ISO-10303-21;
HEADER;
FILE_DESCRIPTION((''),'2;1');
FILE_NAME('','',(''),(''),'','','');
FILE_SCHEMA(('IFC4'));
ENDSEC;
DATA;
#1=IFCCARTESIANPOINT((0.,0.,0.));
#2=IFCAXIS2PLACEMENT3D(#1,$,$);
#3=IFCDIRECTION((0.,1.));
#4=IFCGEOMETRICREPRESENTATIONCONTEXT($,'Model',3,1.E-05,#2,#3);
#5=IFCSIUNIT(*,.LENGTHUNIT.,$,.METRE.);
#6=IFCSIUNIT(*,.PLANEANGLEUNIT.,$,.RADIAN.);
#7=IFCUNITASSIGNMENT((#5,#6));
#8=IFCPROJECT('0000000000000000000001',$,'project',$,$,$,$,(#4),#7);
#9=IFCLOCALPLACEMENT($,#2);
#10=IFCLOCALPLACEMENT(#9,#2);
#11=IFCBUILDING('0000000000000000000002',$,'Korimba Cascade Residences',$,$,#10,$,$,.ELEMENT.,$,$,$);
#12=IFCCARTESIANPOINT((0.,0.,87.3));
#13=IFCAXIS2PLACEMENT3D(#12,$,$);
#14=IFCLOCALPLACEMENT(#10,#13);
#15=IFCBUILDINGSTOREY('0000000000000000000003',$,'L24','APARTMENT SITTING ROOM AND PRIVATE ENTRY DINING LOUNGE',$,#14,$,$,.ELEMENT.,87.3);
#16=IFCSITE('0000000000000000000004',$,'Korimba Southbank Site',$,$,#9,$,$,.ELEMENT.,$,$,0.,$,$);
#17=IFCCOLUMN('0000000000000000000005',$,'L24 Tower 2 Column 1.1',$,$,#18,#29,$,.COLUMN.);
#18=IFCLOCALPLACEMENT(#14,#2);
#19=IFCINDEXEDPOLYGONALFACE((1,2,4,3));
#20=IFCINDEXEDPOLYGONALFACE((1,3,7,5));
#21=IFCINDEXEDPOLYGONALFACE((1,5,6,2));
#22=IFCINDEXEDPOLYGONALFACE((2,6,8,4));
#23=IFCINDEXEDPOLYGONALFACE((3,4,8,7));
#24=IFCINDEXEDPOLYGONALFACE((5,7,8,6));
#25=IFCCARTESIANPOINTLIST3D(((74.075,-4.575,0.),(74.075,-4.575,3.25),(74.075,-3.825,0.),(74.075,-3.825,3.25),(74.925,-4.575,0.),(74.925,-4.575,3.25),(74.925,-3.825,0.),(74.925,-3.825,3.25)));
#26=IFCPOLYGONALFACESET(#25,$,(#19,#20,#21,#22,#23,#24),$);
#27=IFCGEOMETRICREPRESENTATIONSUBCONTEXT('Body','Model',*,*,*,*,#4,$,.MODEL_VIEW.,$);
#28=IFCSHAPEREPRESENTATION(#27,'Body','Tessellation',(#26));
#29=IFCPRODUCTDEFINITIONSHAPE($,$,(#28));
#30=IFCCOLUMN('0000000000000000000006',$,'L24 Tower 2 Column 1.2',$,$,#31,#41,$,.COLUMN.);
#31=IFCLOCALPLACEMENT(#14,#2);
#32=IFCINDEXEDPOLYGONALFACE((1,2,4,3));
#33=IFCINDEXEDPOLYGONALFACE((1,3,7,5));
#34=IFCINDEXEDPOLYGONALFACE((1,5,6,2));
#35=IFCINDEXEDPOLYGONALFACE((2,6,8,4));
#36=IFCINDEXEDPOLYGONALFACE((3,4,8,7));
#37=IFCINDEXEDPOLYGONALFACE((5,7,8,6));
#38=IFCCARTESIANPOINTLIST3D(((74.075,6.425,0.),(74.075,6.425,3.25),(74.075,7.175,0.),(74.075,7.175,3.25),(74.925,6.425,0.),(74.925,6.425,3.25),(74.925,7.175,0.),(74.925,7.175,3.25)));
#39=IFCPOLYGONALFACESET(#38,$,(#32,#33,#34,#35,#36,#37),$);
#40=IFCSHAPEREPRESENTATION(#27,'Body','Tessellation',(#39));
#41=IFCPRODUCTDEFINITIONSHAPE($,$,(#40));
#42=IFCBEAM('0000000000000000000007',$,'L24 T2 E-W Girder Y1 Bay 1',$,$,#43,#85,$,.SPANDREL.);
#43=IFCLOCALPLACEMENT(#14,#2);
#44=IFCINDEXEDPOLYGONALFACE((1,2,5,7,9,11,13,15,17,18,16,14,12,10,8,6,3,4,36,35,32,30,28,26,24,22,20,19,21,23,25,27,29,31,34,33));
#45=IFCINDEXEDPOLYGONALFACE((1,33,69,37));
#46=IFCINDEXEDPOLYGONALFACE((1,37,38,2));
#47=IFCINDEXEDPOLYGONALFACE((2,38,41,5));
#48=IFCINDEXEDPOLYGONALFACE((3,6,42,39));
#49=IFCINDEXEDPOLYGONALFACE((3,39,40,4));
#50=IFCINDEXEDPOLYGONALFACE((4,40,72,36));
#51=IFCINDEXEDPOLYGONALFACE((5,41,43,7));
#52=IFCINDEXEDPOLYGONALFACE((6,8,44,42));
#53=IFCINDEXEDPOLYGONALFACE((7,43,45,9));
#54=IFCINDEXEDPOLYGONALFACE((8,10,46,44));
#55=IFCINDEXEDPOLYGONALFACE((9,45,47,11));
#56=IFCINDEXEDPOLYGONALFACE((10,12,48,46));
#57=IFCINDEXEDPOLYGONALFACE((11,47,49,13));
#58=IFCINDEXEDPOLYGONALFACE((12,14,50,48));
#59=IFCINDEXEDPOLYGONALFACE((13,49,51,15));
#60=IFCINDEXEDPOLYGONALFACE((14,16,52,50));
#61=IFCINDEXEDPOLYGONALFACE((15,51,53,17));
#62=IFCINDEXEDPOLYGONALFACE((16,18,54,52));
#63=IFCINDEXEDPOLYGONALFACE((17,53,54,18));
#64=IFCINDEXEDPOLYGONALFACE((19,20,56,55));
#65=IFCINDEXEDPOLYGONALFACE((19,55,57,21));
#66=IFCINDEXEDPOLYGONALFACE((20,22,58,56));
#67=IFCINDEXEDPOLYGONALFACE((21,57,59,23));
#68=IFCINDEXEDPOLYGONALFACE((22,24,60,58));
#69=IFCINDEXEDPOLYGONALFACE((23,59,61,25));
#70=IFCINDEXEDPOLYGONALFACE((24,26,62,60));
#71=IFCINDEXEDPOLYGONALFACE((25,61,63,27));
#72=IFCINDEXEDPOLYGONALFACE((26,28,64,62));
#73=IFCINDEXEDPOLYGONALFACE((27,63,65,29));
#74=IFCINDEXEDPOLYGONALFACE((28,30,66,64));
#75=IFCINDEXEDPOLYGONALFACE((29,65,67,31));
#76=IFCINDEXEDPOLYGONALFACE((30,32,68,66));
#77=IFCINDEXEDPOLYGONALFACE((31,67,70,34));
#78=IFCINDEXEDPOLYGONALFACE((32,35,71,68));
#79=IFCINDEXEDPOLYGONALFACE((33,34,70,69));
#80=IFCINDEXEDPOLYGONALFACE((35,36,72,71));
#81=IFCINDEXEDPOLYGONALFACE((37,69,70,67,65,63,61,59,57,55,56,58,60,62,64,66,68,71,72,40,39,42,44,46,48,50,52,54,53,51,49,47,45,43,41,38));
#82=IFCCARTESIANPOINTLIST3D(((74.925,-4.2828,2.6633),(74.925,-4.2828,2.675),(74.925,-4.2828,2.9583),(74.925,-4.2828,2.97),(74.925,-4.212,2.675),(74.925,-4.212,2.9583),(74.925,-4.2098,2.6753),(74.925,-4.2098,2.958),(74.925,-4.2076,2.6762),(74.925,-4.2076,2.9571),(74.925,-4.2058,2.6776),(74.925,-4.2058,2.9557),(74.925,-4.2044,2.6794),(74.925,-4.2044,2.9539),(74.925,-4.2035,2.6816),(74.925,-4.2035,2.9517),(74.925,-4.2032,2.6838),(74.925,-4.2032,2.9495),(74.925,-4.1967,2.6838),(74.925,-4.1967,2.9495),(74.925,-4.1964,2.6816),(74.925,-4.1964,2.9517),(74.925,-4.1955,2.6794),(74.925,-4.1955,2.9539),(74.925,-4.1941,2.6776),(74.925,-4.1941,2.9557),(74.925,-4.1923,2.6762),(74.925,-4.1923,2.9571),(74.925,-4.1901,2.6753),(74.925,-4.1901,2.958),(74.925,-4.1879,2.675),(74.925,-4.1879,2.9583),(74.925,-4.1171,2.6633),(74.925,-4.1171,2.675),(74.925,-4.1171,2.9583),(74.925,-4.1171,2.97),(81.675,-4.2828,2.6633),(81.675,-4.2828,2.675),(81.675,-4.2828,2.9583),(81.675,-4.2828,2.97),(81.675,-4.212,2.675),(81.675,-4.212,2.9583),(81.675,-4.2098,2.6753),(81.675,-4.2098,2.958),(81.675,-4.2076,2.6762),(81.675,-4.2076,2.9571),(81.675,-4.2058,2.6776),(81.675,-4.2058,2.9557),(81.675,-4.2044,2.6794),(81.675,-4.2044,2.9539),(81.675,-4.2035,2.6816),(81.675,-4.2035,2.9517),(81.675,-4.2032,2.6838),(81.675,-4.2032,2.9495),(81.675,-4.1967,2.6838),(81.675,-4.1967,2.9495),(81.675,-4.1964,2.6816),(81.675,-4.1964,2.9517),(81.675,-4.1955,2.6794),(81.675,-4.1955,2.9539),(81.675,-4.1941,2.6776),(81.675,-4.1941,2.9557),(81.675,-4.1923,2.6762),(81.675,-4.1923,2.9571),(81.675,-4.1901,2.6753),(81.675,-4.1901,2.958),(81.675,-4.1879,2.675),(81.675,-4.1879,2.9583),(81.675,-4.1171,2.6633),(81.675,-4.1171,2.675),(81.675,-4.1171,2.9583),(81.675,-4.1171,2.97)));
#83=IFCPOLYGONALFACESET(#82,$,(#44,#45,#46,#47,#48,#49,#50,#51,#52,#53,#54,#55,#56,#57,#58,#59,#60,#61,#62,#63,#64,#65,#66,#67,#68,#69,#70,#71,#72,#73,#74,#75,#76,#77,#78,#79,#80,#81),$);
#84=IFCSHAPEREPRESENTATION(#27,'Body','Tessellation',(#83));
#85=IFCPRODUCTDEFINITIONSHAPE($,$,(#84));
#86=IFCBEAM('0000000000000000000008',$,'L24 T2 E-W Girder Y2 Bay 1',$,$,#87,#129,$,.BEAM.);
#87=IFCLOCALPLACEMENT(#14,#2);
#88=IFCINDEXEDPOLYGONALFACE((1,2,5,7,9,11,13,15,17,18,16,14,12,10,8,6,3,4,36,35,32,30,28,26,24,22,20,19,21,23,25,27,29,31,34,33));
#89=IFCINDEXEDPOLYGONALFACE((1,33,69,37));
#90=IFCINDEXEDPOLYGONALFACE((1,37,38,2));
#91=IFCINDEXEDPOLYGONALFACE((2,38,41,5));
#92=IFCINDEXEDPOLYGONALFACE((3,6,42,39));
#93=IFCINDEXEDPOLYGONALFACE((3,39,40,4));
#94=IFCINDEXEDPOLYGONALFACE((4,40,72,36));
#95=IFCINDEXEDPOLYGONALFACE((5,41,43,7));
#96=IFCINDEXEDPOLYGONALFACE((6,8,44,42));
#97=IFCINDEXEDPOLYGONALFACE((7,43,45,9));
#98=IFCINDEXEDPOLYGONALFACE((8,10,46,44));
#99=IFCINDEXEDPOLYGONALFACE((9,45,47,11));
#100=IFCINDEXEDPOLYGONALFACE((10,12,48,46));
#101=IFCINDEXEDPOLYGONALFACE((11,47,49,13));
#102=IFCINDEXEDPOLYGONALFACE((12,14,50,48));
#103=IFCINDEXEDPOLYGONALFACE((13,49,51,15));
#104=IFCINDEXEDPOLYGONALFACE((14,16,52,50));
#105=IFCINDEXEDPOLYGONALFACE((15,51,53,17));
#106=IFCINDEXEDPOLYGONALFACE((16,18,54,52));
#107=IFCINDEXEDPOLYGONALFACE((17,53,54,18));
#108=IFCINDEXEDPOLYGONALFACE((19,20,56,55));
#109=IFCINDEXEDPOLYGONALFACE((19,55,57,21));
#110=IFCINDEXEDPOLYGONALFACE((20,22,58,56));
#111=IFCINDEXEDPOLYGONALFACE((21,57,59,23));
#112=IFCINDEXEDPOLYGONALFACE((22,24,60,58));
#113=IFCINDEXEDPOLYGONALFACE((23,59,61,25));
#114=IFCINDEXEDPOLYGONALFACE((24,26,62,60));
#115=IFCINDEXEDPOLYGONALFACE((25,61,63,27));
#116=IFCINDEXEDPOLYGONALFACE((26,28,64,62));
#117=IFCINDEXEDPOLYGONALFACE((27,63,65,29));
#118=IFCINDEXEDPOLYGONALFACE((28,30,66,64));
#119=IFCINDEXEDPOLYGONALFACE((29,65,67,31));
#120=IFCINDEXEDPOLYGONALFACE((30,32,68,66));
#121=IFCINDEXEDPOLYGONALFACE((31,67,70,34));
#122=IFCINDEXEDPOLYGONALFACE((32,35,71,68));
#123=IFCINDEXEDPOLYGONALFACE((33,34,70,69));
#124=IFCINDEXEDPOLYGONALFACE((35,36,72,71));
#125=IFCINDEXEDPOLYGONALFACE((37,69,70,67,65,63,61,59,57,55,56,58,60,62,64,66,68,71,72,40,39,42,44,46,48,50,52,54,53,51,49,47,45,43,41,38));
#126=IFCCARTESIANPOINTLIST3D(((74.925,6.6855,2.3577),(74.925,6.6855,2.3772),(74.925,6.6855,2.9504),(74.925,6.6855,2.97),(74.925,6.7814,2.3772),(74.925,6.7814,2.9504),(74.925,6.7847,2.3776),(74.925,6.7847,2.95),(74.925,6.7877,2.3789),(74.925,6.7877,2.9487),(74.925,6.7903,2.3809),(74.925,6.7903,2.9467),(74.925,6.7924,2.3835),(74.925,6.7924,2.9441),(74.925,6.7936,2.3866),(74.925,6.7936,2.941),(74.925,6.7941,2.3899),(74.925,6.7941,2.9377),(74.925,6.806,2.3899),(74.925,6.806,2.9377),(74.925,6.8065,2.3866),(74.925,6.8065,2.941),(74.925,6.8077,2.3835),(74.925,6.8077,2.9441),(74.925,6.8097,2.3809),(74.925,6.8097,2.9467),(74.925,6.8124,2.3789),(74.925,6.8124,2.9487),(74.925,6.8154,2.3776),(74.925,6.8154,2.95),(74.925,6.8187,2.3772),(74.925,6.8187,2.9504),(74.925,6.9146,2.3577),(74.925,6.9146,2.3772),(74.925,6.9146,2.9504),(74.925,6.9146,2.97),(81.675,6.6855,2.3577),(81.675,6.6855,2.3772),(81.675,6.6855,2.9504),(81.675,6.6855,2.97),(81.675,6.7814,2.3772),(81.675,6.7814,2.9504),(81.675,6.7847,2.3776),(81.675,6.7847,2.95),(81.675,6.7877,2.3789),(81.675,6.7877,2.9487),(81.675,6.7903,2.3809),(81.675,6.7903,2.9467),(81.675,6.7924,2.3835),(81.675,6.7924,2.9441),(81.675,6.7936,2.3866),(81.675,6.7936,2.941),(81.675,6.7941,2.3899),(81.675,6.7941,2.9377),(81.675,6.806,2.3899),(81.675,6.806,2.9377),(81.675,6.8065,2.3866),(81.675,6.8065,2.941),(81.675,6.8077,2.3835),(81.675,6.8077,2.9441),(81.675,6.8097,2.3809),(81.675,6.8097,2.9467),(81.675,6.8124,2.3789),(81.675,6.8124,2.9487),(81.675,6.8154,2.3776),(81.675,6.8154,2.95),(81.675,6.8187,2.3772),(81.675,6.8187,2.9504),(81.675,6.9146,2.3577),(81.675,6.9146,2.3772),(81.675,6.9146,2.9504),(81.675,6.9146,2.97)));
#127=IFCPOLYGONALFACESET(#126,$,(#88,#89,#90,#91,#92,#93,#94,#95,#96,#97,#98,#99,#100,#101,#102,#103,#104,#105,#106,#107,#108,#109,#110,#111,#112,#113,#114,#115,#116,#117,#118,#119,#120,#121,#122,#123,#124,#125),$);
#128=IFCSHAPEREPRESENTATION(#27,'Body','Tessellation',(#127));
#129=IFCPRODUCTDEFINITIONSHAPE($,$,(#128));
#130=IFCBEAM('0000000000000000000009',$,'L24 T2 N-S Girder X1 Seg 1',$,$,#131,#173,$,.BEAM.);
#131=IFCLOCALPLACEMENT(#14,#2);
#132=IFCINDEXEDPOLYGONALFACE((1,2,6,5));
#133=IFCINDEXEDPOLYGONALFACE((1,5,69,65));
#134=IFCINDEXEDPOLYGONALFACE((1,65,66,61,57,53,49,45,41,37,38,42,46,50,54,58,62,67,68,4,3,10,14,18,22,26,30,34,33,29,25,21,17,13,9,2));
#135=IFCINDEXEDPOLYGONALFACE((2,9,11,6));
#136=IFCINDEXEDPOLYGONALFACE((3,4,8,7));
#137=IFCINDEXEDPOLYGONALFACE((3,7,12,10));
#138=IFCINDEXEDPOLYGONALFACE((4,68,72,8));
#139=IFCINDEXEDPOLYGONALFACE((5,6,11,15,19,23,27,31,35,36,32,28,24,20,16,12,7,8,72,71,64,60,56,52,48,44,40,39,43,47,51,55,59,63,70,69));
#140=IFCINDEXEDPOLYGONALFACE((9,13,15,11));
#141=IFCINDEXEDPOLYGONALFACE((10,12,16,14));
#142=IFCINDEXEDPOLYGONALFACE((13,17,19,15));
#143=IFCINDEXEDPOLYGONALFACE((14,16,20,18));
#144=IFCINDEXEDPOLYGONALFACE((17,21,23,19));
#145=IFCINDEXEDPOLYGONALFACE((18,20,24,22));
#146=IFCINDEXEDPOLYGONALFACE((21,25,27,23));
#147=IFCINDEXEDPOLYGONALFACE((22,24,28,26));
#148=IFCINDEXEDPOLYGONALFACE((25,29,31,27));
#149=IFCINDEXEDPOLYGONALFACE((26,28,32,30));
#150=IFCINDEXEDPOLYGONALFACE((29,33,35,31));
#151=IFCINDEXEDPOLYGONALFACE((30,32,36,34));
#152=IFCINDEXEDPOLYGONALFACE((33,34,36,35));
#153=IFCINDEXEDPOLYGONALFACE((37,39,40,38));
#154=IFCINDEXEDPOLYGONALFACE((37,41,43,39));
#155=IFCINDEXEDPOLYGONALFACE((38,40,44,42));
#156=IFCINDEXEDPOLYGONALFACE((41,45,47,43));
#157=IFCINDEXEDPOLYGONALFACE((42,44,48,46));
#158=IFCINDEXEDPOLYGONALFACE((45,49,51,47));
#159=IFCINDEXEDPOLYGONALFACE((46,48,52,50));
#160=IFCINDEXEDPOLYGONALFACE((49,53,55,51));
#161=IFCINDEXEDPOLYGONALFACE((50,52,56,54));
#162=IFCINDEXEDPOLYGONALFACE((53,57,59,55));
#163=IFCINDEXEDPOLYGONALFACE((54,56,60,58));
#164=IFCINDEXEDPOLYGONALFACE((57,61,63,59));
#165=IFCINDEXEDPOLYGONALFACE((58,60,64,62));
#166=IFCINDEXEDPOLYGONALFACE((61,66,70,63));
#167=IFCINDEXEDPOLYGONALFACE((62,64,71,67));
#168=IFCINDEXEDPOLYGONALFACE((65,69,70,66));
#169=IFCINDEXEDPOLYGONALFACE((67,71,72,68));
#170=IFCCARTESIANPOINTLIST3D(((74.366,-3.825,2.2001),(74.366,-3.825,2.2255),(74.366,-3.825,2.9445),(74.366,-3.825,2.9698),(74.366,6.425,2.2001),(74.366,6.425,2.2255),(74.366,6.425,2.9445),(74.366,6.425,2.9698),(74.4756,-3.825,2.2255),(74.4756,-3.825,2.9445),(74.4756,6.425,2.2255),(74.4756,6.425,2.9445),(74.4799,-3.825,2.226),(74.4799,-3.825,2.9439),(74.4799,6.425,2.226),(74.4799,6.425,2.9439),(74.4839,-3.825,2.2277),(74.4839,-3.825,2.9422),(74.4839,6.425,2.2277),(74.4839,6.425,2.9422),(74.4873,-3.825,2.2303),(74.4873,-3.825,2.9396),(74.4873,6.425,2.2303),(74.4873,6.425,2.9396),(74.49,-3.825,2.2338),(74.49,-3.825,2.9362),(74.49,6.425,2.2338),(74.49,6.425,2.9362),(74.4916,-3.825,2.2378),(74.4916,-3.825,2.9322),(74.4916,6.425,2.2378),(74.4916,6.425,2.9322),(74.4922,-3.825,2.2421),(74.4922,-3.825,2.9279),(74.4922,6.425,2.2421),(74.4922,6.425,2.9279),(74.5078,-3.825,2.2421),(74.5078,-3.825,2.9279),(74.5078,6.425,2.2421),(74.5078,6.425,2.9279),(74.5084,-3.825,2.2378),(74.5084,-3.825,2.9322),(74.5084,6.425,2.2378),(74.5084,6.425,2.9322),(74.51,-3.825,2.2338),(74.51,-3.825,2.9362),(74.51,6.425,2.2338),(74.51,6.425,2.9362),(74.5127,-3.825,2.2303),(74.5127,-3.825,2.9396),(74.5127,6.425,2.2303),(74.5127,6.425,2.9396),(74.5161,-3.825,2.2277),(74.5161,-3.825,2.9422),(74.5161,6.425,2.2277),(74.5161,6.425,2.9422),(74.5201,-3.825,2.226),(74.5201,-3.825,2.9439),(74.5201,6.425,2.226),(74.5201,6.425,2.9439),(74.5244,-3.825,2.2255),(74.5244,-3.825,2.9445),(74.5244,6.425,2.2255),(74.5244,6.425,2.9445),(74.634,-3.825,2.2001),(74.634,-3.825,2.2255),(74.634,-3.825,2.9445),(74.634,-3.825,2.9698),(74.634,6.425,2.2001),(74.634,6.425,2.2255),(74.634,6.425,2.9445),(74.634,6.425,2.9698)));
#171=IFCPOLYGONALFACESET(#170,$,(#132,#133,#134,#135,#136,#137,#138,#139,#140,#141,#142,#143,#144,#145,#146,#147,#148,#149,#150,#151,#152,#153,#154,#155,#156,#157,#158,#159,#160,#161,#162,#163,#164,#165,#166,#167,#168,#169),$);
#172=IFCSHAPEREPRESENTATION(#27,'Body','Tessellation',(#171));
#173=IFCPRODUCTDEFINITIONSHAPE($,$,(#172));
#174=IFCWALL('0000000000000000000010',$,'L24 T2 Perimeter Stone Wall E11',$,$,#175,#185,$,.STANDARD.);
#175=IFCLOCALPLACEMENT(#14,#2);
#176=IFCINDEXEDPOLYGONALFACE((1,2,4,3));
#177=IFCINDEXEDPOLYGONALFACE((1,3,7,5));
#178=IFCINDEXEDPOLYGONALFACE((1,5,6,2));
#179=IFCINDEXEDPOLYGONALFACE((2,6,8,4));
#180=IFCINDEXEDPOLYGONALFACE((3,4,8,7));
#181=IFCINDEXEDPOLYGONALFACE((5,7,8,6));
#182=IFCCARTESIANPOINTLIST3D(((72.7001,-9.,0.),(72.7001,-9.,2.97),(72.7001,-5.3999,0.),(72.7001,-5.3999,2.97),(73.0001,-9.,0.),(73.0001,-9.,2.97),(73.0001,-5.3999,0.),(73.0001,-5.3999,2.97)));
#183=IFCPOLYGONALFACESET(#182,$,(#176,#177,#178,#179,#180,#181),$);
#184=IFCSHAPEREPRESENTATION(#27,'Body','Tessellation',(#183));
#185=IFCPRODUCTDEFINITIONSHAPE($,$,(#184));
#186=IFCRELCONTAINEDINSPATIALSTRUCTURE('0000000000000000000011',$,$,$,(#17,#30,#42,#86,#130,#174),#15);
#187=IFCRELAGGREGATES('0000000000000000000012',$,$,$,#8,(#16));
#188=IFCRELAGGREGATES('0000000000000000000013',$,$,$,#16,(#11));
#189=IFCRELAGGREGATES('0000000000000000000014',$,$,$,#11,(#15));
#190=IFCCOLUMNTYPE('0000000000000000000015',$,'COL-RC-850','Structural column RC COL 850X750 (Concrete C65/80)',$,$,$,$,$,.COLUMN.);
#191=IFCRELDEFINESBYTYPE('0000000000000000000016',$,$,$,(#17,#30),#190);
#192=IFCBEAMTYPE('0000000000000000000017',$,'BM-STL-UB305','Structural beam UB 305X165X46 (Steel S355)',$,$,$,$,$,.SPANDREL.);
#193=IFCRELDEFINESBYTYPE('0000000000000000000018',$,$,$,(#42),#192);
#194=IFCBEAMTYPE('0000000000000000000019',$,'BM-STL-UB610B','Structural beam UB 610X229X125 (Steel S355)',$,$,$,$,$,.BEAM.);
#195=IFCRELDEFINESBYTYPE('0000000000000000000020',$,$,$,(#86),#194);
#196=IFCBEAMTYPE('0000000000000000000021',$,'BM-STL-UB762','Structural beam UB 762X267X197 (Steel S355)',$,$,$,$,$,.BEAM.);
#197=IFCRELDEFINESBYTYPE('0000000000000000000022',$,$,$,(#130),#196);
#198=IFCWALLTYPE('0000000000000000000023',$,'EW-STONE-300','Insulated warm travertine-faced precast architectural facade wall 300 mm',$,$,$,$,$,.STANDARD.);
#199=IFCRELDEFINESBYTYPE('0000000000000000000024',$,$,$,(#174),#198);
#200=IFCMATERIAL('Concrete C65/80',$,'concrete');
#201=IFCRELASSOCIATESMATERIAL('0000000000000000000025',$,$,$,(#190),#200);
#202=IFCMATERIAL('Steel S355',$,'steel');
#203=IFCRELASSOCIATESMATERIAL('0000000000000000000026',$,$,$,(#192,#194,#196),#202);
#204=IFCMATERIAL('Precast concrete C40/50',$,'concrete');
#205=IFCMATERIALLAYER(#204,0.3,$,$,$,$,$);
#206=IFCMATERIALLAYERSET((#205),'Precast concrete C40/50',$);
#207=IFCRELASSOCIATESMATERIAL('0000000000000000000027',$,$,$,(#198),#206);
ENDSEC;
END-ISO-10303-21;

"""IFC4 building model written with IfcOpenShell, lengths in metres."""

from ifc_helpers import new_model, si_unit, direction, frame, frame_2d, origin, origin_2d, place, context, subcontext, project, spatial, rectangle, i_section, extrude, material, layer, layer_set, material_profile, profile_set, type_object, element, save


model = new_model("IFC4")

# Units and contexts
model_context = context("Model", 3, precision=1e-05, world=origin(), true_north=direction((0.0, 1.0)))
body_context = subcontext(model_context, "Body", "Model", "MODEL_VIEW")
ifc_project = project(units=[si_unit("LENGTHUNIT", "METRE"), si_unit("PLANEANGLEUNIT", "RADIAN")], contexts=[model_context])

# Site, building, storey
site_placement = place(None, origin())
site = spatial("IfcSite", under=ifc_project, at=site_placement, Name="Korimba Southbank Site", CompositionType="ELEMENT", RefElevation=0.0)
building_placement = place(site_placement, origin())
building = spatial("IfcBuilding", under=site, at=building_placement, Name="Korimba Cascade Residences", CompositionType="ELEMENT")
storey_placement = place(building_placement, frame((0.0, 0.0, 87.3)))
storey = spatial("IfcBuildingStorey", under=building, at=storey_placement, Name="L24", Description="APARTMENT SITTING ROOM AND PRIVATE ENTRY DINING LOUNGE", CompositionType="ELEMENT", Elevation=87.3)

# Columns
ifc_material_1 = material(Name="Concrete C65/80", Category="concrete")
ifc_material_profile_1 = material_profile(ifc_material_1, rectangle(XDim=0.8501, YDim=0.75, at=origin_2d()), Name="Concrete C65/80")
ifc_profile_set_1 = profile_set([ifc_material_profile_1], Name="Concrete C65/80")
column_type = type_object("IfcColumnType", Name="COL-RC-850", Description="Structural column RC COL 850X750 (Concrete C65/80)", PredefinedType="COLUMN", material=ifc_profile_set_1)
for number, where, z_axis, x_axis, name in (
    (1, (74.5, -4.2, 0.0), (0.0, 0.0, 1.0), (1.0, 0.0, 0.0), "L24 Tower 2 Column 1.1"),
    (2, (74.5, 6.8, 0.0), (0.0, 0.0, 1.0), (1.0, 0.0, 0.0), "L24 Tower 2 Column 1.2"),
):
    element("IfcColumn", number, at=place(storey_placement, frame(where, z_axis=z_axis, x_axis=x_axis)), inside=storey, type_object=column_type, Name=name, PredefinedType="COLUMN", context=body_context, shape_type="SweptSolid", body=[
        extrude(rectangle(XDim=0.8501, YDim=0.75, at=origin_2d()), origin(), (0.0, 0.0, 1.0), 3.25),
    ])

# Beams
ifc_material_2 = material(Name="Steel S355", Category="steel")
ifc_material_profile_2 = material_profile(ifc_material_2, i_section(OverallWidth=0.1658, OverallDepth=0.3066, WebThickness=0.0066, FlangeThickness=0.0117, FilletRadius=0.0088, at=origin_2d()), Name="Steel S355")
ifc_profile_set_2 = profile_set([ifc_material_profile_2], Name="Steel S355")
beam_type_1 = type_object("IfcBeamType", Name="BM-STL-UB305", Description="Structural beam UB 305X165X46 (Steel S355)", PredefinedType="SPANDREL", material=ifc_profile_set_2)
beam_1_placement = place(storey_placement, frame((74.925, -4.2, 2.8167), z_axis=(1.0, 0.0, 0.0), x_axis=(0.0, 1.0, 0.0)))
element("IfcBeam", 3, at=beam_1_placement, inside=storey, type_object=beam_type_1, Name="L24 T2 E-W Girder Y1 Bay 1", PredefinedType="SPANDREL", context=body_context, shape_type="SweptSolid", body=[
    extrude(i_section(OverallWidth=0.1658, OverallDepth=0.3066, WebThickness=0.0066, FlangeThickness=0.0117, FilletRadius=0.0088, at=origin_2d()), origin(), (0.0, 0.0, 1.0), 6.75),
])
ifc_material_profile_3 = material_profile(ifc_material_2, i_section(OverallWidth=0.229, OverallDepth=0.6123, WebThickness=0.012, FlangeThickness=0.0195, FilletRadius=0.0127, at=origin_2d()), Name="Steel S355")
ifc_profile_set_3 = profile_set([ifc_material_profile_3], Name="Steel S355")
beam_type_2 = type_object("IfcBeamType", Name="BM-STL-UB610B", Description="Structural beam UB 610X229X125 (Steel S355)", PredefinedType="BEAM", material=ifc_profile_set_3)
beam_2_placement = place(storey_placement, frame((74.925, 6.8, 2.6638), z_axis=(1.0, 0.0, 0.0), x_axis=(0.0, 1.0, 0.0)))
element("IfcBeam", 4, at=beam_2_placement, inside=storey, type_object=beam_type_2, Name="L24 T2 E-W Girder Y2 Bay 1", PredefinedType="BEAM", context=body_context, shape_type="SweptSolid", body=[
    extrude(i_section(OverallWidth=0.229, OverallDepth=0.6123, WebThickness=0.012, FlangeThickness=0.0195, FilletRadius=0.0127, at=origin_2d()), origin(), (0.0, 0.0, 1.0), 6.75),
])
ifc_material_profile_4 = material_profile(ifc_material_2, i_section(OverallWidth=0.2681, OverallDepth=0.7698, WebThickness=0.0156, FlangeThickness=0.0254, FilletRadius=0.0166, at=origin_2d()), Name="Steel S355")
ifc_profile_set_4 = profile_set([ifc_material_profile_4], Name="Steel S355")
beam_type_3 = type_object("IfcBeamType", Name="BM-STL-UB762", Description="Structural beam UB 762X267X197 (Steel S355)", PredefinedType="BEAM", material=ifc_profile_set_4)
beam_3_placement = place(storey_placement, frame((74.5, -3.825, 2.585), z_axis=(0.0, 1.0, 0.0), x_axis=(-1.0, 0.0, 0.0)))
element("IfcBeam", 5, at=beam_3_placement, inside=storey, type_object=beam_type_3, Name="L24 T2 N-S Girder X1 Seg 1", PredefinedType="BEAM", context=body_context, shape_type="SweptSolid", body=[
    extrude(i_section(OverallWidth=0.2681, OverallDepth=0.7698, WebThickness=0.0156, FlangeThickness=0.0254, FilletRadius=0.0166, at=origin_2d()), origin(), (0.0, 0.0, 1.0), 10.25),
])

# Wall
ifc_material_3 = material(Name="Precast concrete C40/50", Category="concrete")
ifc_layer_1 = layer(ifc_material_3, 0.3)
ifc_layer_set_1 = layer_set([ifc_layer_1], Name="Precast concrete C40/50")
wall_type_1 = type_object("IfcWallType", Name="EW-STONE-300", Description="Insulated warm travertine-faced precast architectural facade wall 300 mm", PredefinedType="STANDARD", material=ifc_layer_set_1)
wall_1_placement = place(storey_placement, frame((72.8501, -5.3999, 0.0), z_axis=(0.0, 0.0, 1.0), x_axis=(0.0, -1.0, 0.0)))
element("IfcWall", 6, at=wall_1_placement, inside=storey, type_object=wall_type_1, Name="L24 T2 Perimeter Stone Wall E11", PredefinedType="STANDARD", context=body_context, shape_type="SweptSolid", body=[
    extrude(rectangle(XDim=3.6001, YDim=0.3, at=frame_2d((1.8, 0.0))), origin(), (0.0, 0.0, 1.0), 2.97),
])

save(model, "model.ifc")
